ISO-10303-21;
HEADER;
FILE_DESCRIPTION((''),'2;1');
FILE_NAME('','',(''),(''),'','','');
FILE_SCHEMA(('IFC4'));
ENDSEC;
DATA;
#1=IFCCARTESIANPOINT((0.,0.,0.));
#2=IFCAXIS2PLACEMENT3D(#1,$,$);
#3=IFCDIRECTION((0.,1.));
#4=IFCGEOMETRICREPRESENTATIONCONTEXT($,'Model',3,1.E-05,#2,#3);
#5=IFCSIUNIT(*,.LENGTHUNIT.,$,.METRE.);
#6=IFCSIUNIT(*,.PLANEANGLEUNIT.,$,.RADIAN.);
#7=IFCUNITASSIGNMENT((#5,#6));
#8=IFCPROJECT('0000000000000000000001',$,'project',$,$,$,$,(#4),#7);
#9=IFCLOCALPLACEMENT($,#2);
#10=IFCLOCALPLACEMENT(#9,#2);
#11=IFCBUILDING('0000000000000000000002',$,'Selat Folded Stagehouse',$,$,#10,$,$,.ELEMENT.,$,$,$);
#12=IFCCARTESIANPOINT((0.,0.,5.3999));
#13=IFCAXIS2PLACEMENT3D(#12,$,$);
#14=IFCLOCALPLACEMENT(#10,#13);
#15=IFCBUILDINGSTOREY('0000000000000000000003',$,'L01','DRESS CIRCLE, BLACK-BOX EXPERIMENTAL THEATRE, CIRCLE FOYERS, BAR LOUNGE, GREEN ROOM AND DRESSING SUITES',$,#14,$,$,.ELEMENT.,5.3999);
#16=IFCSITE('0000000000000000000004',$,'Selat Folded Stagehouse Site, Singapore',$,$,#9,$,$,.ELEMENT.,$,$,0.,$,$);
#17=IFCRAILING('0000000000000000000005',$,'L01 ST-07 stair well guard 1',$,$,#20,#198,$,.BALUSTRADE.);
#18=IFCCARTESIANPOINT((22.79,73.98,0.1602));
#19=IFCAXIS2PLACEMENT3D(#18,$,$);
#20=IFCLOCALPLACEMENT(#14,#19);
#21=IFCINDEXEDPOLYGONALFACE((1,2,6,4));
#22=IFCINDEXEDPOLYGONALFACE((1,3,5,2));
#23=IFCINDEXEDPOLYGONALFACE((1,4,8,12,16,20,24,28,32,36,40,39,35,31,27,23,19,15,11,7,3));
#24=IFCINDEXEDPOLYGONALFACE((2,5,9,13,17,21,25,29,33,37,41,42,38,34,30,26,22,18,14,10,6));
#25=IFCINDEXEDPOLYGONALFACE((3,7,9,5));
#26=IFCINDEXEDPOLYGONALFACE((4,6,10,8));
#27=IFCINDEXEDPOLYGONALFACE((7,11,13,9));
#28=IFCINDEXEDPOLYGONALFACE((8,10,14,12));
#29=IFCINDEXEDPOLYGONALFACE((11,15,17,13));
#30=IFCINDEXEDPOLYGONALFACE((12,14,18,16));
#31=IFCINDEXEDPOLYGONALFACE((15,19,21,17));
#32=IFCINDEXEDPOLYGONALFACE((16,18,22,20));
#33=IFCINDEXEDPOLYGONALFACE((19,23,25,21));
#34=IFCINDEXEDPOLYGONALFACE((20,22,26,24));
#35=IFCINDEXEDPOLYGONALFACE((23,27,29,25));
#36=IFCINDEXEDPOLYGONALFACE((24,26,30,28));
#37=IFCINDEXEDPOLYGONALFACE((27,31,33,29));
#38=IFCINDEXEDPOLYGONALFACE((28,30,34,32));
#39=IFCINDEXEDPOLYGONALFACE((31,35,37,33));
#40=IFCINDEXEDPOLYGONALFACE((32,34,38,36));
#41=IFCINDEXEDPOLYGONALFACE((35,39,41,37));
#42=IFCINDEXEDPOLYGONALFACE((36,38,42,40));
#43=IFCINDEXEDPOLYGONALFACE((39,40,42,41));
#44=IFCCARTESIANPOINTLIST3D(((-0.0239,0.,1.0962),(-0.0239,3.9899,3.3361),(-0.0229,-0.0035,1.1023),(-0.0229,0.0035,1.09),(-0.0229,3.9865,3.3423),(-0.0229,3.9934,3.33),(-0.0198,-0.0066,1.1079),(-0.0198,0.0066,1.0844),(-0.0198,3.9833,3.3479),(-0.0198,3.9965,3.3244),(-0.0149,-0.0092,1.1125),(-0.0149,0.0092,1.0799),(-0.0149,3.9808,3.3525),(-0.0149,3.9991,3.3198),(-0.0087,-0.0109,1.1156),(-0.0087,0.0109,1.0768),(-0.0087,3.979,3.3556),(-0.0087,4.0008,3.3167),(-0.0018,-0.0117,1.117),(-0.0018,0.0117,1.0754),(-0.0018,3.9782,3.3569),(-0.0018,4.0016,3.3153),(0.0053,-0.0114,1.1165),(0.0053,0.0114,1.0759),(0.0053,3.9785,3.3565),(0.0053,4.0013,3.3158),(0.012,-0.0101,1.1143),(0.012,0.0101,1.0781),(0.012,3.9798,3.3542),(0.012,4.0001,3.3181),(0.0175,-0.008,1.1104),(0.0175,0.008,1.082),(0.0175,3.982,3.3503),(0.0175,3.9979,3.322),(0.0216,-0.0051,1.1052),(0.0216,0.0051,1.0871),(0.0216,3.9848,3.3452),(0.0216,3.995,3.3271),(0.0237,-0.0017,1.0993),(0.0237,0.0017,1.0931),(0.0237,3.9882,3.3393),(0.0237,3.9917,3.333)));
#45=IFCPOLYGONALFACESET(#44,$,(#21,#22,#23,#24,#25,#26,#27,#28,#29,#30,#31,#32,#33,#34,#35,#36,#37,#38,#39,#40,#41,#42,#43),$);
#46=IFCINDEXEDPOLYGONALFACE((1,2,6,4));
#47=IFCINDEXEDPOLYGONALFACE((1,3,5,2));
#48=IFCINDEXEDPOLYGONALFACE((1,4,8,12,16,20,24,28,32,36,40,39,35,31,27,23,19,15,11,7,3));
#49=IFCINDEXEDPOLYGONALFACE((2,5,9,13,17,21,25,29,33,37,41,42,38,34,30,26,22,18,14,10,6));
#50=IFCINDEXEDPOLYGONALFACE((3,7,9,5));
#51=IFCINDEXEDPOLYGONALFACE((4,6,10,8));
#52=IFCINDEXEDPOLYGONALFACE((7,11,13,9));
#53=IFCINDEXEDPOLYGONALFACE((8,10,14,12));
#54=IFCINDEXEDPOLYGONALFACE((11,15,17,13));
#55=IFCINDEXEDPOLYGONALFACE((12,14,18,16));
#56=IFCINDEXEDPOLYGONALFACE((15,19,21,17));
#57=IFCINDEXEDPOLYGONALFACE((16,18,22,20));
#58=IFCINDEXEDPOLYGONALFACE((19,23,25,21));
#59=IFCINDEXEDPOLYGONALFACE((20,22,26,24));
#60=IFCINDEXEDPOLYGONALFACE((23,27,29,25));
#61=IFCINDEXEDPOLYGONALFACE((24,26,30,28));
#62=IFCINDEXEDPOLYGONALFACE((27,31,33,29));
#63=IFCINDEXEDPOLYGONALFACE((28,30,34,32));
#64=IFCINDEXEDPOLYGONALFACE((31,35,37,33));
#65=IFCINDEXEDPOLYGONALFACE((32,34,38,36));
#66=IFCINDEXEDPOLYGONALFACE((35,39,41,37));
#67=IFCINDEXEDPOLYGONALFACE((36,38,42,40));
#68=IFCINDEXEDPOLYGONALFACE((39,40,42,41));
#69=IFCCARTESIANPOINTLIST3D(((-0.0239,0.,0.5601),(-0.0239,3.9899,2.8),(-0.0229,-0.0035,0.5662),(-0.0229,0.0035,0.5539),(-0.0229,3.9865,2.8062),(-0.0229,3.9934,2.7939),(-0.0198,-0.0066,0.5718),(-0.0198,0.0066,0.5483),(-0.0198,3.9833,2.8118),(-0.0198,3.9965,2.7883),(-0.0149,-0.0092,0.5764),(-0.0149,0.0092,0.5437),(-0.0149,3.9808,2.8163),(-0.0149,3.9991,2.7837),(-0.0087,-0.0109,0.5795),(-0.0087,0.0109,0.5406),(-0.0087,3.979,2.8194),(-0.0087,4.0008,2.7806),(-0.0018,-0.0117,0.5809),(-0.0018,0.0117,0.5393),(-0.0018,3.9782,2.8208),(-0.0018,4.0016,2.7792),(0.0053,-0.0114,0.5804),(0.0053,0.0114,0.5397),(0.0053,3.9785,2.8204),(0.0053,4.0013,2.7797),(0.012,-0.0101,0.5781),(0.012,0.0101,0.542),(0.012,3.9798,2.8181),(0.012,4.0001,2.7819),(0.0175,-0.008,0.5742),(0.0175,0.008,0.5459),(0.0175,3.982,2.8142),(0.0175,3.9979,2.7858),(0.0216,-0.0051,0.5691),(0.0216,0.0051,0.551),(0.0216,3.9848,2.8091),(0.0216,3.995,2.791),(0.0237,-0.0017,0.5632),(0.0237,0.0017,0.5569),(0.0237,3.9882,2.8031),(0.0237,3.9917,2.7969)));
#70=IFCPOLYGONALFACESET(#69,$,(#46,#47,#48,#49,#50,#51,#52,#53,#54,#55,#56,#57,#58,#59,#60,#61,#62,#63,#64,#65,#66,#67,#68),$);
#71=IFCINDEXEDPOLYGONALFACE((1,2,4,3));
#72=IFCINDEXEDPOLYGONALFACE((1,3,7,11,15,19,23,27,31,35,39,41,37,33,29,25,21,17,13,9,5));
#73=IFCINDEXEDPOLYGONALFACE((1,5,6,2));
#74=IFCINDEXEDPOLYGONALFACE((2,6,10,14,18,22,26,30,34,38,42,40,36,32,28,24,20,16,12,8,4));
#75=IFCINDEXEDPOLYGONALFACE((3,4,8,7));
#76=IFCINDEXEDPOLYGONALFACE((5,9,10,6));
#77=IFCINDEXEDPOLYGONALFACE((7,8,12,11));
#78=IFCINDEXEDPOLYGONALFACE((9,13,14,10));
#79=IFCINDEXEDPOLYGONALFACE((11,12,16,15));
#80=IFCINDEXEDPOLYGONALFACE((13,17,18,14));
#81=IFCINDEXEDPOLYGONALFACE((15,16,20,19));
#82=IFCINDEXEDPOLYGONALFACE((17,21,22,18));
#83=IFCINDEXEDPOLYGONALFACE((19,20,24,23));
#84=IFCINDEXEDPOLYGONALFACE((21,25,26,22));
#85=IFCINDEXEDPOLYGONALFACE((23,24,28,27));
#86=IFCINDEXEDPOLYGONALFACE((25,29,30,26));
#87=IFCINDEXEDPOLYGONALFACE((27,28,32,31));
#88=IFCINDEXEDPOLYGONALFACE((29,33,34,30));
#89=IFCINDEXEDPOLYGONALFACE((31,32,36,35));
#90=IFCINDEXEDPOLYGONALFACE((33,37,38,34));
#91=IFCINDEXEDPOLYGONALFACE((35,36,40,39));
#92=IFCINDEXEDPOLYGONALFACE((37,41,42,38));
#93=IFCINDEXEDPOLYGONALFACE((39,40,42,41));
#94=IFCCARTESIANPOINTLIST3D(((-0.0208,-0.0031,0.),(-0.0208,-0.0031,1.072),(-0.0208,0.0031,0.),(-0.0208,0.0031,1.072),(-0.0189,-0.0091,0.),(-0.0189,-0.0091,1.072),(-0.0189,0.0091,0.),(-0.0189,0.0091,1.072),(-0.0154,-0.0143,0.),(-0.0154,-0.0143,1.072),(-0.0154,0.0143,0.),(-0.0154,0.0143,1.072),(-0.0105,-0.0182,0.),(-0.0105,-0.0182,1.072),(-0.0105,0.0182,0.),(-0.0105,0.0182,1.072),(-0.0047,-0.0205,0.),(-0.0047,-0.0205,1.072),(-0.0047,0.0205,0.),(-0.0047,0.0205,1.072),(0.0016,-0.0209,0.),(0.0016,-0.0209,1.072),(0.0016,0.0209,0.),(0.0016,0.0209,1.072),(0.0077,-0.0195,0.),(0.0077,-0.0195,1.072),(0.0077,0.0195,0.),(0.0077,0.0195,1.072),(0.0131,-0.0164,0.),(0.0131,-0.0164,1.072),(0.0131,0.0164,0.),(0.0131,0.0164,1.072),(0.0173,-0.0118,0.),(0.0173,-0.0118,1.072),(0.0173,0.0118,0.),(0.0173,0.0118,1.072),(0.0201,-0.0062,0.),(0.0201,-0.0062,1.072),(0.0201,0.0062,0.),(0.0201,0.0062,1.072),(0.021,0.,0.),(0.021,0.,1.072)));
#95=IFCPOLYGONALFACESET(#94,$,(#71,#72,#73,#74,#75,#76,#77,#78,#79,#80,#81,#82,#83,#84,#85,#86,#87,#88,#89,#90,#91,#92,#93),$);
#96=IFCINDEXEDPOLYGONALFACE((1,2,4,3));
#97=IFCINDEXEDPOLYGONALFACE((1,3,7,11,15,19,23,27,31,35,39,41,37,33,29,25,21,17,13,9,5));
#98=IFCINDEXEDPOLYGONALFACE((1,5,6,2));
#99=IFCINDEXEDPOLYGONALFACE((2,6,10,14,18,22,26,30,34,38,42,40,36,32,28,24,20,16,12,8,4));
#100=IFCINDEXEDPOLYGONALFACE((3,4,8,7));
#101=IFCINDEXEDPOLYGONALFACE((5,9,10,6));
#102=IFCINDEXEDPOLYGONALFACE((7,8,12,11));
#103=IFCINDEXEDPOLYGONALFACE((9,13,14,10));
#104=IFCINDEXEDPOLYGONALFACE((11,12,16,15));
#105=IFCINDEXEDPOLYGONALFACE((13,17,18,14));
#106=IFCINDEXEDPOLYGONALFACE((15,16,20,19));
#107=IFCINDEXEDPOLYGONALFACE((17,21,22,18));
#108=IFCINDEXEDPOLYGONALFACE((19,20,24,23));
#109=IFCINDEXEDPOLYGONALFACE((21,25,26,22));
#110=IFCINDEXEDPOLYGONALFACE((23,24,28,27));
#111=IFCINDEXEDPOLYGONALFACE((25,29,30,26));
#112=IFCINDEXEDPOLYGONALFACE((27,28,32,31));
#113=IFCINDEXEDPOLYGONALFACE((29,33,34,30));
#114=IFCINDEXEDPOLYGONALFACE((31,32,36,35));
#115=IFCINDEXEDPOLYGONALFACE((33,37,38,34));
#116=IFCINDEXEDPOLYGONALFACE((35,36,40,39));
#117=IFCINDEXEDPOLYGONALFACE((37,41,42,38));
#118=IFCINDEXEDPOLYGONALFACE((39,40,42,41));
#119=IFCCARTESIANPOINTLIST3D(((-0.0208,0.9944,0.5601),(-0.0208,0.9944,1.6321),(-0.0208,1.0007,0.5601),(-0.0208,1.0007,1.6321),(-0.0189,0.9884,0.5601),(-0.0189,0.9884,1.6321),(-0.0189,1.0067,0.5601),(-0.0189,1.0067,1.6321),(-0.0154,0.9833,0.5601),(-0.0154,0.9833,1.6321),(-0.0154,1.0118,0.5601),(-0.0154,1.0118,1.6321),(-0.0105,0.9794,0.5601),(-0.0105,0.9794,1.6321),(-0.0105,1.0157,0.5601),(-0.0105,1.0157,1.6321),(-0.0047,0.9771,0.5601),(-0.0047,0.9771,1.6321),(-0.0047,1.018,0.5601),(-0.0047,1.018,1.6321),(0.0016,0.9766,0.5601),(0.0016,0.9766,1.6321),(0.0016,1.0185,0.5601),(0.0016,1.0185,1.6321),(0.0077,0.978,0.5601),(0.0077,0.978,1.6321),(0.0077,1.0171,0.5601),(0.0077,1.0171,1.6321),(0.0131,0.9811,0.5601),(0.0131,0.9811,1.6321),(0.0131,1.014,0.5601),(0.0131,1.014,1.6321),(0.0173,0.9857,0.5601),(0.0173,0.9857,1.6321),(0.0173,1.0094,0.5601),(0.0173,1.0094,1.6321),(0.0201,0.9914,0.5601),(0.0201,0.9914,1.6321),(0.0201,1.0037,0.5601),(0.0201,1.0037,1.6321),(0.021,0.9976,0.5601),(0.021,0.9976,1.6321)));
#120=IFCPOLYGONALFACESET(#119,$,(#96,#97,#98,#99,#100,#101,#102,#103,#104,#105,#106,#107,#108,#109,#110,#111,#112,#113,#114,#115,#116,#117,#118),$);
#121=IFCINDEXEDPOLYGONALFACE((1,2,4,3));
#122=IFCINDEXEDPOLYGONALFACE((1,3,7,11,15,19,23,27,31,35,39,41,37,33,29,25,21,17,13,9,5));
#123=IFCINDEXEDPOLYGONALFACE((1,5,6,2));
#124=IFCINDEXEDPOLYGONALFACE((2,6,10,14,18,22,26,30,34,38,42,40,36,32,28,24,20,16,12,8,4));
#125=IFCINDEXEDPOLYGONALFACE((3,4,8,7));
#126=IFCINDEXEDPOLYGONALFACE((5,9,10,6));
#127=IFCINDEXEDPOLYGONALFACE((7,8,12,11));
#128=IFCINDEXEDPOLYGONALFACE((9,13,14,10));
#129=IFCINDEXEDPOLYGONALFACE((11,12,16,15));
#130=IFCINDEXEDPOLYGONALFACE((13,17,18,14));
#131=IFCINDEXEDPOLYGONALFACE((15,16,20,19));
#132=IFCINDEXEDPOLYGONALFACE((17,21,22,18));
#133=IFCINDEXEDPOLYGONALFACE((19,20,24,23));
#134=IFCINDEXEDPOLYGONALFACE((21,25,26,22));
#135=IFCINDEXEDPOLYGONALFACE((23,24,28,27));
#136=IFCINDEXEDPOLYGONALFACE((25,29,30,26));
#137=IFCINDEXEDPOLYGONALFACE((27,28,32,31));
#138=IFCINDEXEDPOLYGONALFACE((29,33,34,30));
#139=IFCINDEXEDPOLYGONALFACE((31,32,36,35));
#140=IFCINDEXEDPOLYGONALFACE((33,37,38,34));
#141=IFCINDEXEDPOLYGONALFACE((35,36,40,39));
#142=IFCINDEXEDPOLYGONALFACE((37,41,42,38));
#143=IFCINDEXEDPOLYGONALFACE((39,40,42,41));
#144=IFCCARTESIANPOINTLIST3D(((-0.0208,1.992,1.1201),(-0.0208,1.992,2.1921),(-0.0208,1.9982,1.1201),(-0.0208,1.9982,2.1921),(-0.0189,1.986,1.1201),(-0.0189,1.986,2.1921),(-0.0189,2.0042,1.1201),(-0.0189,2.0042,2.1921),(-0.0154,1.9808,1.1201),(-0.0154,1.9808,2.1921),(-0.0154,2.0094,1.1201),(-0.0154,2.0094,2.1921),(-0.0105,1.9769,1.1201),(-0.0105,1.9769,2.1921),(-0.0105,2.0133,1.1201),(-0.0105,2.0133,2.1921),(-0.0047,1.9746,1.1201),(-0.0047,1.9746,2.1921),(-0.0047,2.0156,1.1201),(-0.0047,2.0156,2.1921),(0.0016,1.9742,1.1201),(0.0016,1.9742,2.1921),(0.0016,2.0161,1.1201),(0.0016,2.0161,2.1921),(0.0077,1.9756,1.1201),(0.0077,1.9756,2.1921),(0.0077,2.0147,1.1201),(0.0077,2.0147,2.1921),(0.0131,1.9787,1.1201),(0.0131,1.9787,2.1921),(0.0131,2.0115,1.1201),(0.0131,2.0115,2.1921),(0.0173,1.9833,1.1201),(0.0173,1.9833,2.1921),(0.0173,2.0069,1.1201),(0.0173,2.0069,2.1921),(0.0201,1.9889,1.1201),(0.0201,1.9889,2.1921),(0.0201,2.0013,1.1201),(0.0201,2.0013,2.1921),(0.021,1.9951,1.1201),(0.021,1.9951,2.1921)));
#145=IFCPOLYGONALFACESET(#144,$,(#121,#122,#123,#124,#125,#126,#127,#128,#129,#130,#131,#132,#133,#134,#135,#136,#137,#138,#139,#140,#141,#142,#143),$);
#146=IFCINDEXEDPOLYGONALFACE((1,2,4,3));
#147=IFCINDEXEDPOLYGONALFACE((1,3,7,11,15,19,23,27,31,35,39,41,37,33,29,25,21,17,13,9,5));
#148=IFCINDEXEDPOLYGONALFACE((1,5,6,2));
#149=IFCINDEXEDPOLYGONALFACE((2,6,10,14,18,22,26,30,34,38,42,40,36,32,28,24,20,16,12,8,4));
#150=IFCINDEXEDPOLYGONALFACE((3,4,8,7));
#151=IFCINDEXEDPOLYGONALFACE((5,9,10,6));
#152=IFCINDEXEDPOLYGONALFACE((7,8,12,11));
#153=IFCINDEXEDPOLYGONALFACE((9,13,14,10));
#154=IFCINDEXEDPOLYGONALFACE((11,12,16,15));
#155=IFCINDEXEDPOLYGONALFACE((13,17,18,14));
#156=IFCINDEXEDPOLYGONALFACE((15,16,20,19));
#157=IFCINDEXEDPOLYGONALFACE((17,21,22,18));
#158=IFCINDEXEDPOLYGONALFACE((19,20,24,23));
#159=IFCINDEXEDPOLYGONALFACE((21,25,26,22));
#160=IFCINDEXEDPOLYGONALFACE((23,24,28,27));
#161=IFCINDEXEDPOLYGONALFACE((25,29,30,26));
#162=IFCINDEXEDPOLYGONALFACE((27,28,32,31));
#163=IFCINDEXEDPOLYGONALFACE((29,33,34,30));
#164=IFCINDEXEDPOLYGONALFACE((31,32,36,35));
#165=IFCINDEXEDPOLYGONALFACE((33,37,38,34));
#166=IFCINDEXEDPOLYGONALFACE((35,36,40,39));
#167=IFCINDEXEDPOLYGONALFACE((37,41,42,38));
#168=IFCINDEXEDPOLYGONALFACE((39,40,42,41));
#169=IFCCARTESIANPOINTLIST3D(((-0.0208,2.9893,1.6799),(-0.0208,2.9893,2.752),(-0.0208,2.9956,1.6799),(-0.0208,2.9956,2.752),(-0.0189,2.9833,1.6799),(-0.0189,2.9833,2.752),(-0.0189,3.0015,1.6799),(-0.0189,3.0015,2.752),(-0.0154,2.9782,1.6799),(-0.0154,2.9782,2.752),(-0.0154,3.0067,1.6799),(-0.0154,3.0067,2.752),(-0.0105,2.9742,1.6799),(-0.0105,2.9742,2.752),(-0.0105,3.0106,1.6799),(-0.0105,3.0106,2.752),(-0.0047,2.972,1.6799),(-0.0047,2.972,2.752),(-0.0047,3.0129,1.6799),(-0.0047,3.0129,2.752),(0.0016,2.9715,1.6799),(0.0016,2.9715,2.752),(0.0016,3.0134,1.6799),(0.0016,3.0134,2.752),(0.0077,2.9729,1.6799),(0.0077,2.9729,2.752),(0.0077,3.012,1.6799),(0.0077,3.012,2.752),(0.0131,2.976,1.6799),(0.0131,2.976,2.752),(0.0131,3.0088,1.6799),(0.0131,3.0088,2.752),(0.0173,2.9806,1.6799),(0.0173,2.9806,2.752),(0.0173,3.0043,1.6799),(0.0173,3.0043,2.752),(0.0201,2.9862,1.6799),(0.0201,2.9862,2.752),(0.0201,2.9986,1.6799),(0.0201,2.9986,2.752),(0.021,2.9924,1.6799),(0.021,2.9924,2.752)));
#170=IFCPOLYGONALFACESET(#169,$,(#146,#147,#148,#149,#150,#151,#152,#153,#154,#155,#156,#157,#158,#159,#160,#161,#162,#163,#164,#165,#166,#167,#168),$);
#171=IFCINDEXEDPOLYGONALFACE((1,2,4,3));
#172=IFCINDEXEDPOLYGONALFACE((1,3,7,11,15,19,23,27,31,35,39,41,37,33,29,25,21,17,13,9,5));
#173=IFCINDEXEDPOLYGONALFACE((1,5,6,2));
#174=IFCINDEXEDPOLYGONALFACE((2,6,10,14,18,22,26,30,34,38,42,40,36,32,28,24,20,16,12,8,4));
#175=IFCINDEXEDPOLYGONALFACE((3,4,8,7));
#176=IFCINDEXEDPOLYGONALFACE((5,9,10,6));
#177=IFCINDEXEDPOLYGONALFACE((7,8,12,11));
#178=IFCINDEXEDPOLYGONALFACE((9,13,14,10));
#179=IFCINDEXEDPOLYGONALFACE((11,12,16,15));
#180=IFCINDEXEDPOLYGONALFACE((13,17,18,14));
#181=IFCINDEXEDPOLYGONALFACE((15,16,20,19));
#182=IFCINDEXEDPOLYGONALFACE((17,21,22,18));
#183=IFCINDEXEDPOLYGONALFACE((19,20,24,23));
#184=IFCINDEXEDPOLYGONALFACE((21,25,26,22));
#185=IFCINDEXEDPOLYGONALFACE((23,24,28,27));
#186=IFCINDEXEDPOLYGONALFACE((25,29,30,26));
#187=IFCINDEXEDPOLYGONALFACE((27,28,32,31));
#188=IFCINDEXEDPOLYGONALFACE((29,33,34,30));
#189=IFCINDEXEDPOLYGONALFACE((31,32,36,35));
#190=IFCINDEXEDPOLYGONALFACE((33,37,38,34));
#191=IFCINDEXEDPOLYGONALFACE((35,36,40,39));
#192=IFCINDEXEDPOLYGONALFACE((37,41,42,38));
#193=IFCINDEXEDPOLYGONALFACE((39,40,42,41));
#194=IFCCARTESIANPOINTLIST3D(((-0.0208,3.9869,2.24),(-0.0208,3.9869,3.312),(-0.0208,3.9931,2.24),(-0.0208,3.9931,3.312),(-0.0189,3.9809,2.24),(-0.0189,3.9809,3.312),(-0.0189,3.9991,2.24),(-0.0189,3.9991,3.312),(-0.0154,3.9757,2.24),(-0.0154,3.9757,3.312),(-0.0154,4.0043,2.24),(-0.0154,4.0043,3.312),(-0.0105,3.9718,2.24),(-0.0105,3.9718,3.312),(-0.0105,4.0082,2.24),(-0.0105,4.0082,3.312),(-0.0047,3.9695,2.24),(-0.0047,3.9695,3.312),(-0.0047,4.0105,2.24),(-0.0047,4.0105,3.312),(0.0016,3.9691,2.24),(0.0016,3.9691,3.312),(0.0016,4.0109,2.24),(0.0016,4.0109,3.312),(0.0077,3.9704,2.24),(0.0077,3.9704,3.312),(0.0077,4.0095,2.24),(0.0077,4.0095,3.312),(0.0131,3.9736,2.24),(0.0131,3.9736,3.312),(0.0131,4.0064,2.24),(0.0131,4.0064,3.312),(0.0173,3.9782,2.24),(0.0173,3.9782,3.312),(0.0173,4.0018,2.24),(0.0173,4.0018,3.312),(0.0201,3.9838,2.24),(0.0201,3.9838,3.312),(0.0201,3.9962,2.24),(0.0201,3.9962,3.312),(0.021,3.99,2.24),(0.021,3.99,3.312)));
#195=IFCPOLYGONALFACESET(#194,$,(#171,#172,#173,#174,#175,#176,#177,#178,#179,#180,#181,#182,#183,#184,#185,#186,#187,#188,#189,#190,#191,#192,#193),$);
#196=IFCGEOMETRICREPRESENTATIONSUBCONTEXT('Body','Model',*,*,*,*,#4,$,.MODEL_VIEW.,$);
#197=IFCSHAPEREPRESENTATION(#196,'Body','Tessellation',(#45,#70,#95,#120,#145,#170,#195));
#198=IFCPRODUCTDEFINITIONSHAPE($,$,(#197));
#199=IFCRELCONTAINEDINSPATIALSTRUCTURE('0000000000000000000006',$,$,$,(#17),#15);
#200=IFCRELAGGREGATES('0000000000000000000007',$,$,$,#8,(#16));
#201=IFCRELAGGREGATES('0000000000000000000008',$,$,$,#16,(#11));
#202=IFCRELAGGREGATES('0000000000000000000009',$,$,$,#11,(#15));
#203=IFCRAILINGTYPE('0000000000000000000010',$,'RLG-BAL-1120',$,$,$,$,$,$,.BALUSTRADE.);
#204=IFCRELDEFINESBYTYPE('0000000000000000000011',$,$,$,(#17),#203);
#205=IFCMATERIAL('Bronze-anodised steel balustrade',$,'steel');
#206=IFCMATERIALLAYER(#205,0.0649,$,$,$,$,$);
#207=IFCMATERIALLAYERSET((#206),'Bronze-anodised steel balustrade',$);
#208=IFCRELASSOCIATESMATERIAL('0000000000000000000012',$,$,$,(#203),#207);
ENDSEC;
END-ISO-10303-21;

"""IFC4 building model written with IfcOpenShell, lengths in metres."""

from ifc_helpers import new_model, si_unit, direction, frame, origin, origin_2d, place, context, subcontext, project, spatial, circle, extrude, material, layer, layer_set, type_object, element, save


model = new_model("IFC4")

# Units and contexts
model_context = context("Model", 3, precision=1e-05, world=origin(), true_north=direction((0.0, 1.0)))
body_context = subcontext(model_context, "Body", "Model", "MODEL_VIEW")
ifc_project = project(units=[si_unit("LENGTHUNIT", "METRE"), si_unit("PLANEANGLEUNIT", "RADIAN")], contexts=[model_context])

# Site, building, storey
site_placement = place(None, origin())
site = spatial("IfcSite", under=ifc_project, at=site_placement, Name="Selat Folded Stagehouse Site, Singapore", CompositionType="ELEMENT", RefElevation=0.0)
building_placement = place(site_placement, origin())
building = spatial("IfcBuilding", under=site, at=building_placement, Name="Selat Folded Stagehouse", CompositionType="ELEMENT")
storey_placement = place(building_placement, frame((0.0, 0.0, 5.3999)))
storey = spatial("IfcBuildingStorey", under=building, at=storey_placement, Name="L01", Description="DRESS CIRCLE, BLACK-BOX EXPERIMENTAL THEATRE, CIRCLE FOYERS, BAR LOUNGE, GREEN ROOM AND DRESSING SUITES", CompositionType="ELEMENT", Elevation=5.3999)

# Railing
ifc_material_1 = material(Name="Bronze-anodised steel balustrade", Category="steel")
ifc_layer_1 = layer(ifc_material_1, 0.0649)
ifc_layer_set_1 = layer_set([ifc_layer_1], Name="Bronze-anodised steel balustrade")
railing_type_1 = type_object("IfcRailingType", Name="RLG-BAL-1120", PredefinedType="BALUSTRADE", material=ifc_layer_set_1)
railing_1_placement = place(storey_placement, frame((22.79, 73.98, 0.1602)))
element("IfcRailing", 1, at=railing_1_placement, inside=storey, type_object=railing_type_1, Name="L01 ST-07 stair well guard 1", PredefinedType="BALUSTRADE", context=body_context, shape_type="SweptSolid", body=[
    extrude(circle(Radius=0.0239, at=origin_2d()), frame((0.0, 0.0, 1.0962), z_axis=(0.0, 0.871984, 0.489534), x_axis=(-1.0, 0.0, 0.0)), (0.0, 0.0, 1.0), 4.5757),
    extrude(circle(Radius=0.0239, at=origin_2d()), frame((0.0, 0.0, 0.5601), z_axis=(0.0, 0.871984, 0.489534), x_axis=(-1.0, 0.0, 0.0)), (0.0, 0.0, 1.0), 4.5757),
    extrude(circle(Radius=0.021, at=origin_2d()), origin(), (0.0, 0.0, 1.0), 1.072),
    extrude(circle(Radius=0.021, at=origin_2d()), frame((0.0, 0.9976, 0.5601)), (0.0, 0.0, 1.0), 1.072),
    extrude(circle(Radius=0.021, at=origin_2d()), frame((0.0, 1.9951, 1.1201)), (0.0, 0.0, 1.0), 1.072),
    extrude(circle(Radius=0.021, at=origin_2d()), frame((0.0, 2.9924, 1.6799)), (0.0, 0.0, 1.0), 1.072),
    extrude(circle(Radius=0.021, at=origin_2d()), frame((0.0, 3.99, 2.24)), (0.0, 0.0, 1.0), 1.072),
])

save(model, "model.ifc")
